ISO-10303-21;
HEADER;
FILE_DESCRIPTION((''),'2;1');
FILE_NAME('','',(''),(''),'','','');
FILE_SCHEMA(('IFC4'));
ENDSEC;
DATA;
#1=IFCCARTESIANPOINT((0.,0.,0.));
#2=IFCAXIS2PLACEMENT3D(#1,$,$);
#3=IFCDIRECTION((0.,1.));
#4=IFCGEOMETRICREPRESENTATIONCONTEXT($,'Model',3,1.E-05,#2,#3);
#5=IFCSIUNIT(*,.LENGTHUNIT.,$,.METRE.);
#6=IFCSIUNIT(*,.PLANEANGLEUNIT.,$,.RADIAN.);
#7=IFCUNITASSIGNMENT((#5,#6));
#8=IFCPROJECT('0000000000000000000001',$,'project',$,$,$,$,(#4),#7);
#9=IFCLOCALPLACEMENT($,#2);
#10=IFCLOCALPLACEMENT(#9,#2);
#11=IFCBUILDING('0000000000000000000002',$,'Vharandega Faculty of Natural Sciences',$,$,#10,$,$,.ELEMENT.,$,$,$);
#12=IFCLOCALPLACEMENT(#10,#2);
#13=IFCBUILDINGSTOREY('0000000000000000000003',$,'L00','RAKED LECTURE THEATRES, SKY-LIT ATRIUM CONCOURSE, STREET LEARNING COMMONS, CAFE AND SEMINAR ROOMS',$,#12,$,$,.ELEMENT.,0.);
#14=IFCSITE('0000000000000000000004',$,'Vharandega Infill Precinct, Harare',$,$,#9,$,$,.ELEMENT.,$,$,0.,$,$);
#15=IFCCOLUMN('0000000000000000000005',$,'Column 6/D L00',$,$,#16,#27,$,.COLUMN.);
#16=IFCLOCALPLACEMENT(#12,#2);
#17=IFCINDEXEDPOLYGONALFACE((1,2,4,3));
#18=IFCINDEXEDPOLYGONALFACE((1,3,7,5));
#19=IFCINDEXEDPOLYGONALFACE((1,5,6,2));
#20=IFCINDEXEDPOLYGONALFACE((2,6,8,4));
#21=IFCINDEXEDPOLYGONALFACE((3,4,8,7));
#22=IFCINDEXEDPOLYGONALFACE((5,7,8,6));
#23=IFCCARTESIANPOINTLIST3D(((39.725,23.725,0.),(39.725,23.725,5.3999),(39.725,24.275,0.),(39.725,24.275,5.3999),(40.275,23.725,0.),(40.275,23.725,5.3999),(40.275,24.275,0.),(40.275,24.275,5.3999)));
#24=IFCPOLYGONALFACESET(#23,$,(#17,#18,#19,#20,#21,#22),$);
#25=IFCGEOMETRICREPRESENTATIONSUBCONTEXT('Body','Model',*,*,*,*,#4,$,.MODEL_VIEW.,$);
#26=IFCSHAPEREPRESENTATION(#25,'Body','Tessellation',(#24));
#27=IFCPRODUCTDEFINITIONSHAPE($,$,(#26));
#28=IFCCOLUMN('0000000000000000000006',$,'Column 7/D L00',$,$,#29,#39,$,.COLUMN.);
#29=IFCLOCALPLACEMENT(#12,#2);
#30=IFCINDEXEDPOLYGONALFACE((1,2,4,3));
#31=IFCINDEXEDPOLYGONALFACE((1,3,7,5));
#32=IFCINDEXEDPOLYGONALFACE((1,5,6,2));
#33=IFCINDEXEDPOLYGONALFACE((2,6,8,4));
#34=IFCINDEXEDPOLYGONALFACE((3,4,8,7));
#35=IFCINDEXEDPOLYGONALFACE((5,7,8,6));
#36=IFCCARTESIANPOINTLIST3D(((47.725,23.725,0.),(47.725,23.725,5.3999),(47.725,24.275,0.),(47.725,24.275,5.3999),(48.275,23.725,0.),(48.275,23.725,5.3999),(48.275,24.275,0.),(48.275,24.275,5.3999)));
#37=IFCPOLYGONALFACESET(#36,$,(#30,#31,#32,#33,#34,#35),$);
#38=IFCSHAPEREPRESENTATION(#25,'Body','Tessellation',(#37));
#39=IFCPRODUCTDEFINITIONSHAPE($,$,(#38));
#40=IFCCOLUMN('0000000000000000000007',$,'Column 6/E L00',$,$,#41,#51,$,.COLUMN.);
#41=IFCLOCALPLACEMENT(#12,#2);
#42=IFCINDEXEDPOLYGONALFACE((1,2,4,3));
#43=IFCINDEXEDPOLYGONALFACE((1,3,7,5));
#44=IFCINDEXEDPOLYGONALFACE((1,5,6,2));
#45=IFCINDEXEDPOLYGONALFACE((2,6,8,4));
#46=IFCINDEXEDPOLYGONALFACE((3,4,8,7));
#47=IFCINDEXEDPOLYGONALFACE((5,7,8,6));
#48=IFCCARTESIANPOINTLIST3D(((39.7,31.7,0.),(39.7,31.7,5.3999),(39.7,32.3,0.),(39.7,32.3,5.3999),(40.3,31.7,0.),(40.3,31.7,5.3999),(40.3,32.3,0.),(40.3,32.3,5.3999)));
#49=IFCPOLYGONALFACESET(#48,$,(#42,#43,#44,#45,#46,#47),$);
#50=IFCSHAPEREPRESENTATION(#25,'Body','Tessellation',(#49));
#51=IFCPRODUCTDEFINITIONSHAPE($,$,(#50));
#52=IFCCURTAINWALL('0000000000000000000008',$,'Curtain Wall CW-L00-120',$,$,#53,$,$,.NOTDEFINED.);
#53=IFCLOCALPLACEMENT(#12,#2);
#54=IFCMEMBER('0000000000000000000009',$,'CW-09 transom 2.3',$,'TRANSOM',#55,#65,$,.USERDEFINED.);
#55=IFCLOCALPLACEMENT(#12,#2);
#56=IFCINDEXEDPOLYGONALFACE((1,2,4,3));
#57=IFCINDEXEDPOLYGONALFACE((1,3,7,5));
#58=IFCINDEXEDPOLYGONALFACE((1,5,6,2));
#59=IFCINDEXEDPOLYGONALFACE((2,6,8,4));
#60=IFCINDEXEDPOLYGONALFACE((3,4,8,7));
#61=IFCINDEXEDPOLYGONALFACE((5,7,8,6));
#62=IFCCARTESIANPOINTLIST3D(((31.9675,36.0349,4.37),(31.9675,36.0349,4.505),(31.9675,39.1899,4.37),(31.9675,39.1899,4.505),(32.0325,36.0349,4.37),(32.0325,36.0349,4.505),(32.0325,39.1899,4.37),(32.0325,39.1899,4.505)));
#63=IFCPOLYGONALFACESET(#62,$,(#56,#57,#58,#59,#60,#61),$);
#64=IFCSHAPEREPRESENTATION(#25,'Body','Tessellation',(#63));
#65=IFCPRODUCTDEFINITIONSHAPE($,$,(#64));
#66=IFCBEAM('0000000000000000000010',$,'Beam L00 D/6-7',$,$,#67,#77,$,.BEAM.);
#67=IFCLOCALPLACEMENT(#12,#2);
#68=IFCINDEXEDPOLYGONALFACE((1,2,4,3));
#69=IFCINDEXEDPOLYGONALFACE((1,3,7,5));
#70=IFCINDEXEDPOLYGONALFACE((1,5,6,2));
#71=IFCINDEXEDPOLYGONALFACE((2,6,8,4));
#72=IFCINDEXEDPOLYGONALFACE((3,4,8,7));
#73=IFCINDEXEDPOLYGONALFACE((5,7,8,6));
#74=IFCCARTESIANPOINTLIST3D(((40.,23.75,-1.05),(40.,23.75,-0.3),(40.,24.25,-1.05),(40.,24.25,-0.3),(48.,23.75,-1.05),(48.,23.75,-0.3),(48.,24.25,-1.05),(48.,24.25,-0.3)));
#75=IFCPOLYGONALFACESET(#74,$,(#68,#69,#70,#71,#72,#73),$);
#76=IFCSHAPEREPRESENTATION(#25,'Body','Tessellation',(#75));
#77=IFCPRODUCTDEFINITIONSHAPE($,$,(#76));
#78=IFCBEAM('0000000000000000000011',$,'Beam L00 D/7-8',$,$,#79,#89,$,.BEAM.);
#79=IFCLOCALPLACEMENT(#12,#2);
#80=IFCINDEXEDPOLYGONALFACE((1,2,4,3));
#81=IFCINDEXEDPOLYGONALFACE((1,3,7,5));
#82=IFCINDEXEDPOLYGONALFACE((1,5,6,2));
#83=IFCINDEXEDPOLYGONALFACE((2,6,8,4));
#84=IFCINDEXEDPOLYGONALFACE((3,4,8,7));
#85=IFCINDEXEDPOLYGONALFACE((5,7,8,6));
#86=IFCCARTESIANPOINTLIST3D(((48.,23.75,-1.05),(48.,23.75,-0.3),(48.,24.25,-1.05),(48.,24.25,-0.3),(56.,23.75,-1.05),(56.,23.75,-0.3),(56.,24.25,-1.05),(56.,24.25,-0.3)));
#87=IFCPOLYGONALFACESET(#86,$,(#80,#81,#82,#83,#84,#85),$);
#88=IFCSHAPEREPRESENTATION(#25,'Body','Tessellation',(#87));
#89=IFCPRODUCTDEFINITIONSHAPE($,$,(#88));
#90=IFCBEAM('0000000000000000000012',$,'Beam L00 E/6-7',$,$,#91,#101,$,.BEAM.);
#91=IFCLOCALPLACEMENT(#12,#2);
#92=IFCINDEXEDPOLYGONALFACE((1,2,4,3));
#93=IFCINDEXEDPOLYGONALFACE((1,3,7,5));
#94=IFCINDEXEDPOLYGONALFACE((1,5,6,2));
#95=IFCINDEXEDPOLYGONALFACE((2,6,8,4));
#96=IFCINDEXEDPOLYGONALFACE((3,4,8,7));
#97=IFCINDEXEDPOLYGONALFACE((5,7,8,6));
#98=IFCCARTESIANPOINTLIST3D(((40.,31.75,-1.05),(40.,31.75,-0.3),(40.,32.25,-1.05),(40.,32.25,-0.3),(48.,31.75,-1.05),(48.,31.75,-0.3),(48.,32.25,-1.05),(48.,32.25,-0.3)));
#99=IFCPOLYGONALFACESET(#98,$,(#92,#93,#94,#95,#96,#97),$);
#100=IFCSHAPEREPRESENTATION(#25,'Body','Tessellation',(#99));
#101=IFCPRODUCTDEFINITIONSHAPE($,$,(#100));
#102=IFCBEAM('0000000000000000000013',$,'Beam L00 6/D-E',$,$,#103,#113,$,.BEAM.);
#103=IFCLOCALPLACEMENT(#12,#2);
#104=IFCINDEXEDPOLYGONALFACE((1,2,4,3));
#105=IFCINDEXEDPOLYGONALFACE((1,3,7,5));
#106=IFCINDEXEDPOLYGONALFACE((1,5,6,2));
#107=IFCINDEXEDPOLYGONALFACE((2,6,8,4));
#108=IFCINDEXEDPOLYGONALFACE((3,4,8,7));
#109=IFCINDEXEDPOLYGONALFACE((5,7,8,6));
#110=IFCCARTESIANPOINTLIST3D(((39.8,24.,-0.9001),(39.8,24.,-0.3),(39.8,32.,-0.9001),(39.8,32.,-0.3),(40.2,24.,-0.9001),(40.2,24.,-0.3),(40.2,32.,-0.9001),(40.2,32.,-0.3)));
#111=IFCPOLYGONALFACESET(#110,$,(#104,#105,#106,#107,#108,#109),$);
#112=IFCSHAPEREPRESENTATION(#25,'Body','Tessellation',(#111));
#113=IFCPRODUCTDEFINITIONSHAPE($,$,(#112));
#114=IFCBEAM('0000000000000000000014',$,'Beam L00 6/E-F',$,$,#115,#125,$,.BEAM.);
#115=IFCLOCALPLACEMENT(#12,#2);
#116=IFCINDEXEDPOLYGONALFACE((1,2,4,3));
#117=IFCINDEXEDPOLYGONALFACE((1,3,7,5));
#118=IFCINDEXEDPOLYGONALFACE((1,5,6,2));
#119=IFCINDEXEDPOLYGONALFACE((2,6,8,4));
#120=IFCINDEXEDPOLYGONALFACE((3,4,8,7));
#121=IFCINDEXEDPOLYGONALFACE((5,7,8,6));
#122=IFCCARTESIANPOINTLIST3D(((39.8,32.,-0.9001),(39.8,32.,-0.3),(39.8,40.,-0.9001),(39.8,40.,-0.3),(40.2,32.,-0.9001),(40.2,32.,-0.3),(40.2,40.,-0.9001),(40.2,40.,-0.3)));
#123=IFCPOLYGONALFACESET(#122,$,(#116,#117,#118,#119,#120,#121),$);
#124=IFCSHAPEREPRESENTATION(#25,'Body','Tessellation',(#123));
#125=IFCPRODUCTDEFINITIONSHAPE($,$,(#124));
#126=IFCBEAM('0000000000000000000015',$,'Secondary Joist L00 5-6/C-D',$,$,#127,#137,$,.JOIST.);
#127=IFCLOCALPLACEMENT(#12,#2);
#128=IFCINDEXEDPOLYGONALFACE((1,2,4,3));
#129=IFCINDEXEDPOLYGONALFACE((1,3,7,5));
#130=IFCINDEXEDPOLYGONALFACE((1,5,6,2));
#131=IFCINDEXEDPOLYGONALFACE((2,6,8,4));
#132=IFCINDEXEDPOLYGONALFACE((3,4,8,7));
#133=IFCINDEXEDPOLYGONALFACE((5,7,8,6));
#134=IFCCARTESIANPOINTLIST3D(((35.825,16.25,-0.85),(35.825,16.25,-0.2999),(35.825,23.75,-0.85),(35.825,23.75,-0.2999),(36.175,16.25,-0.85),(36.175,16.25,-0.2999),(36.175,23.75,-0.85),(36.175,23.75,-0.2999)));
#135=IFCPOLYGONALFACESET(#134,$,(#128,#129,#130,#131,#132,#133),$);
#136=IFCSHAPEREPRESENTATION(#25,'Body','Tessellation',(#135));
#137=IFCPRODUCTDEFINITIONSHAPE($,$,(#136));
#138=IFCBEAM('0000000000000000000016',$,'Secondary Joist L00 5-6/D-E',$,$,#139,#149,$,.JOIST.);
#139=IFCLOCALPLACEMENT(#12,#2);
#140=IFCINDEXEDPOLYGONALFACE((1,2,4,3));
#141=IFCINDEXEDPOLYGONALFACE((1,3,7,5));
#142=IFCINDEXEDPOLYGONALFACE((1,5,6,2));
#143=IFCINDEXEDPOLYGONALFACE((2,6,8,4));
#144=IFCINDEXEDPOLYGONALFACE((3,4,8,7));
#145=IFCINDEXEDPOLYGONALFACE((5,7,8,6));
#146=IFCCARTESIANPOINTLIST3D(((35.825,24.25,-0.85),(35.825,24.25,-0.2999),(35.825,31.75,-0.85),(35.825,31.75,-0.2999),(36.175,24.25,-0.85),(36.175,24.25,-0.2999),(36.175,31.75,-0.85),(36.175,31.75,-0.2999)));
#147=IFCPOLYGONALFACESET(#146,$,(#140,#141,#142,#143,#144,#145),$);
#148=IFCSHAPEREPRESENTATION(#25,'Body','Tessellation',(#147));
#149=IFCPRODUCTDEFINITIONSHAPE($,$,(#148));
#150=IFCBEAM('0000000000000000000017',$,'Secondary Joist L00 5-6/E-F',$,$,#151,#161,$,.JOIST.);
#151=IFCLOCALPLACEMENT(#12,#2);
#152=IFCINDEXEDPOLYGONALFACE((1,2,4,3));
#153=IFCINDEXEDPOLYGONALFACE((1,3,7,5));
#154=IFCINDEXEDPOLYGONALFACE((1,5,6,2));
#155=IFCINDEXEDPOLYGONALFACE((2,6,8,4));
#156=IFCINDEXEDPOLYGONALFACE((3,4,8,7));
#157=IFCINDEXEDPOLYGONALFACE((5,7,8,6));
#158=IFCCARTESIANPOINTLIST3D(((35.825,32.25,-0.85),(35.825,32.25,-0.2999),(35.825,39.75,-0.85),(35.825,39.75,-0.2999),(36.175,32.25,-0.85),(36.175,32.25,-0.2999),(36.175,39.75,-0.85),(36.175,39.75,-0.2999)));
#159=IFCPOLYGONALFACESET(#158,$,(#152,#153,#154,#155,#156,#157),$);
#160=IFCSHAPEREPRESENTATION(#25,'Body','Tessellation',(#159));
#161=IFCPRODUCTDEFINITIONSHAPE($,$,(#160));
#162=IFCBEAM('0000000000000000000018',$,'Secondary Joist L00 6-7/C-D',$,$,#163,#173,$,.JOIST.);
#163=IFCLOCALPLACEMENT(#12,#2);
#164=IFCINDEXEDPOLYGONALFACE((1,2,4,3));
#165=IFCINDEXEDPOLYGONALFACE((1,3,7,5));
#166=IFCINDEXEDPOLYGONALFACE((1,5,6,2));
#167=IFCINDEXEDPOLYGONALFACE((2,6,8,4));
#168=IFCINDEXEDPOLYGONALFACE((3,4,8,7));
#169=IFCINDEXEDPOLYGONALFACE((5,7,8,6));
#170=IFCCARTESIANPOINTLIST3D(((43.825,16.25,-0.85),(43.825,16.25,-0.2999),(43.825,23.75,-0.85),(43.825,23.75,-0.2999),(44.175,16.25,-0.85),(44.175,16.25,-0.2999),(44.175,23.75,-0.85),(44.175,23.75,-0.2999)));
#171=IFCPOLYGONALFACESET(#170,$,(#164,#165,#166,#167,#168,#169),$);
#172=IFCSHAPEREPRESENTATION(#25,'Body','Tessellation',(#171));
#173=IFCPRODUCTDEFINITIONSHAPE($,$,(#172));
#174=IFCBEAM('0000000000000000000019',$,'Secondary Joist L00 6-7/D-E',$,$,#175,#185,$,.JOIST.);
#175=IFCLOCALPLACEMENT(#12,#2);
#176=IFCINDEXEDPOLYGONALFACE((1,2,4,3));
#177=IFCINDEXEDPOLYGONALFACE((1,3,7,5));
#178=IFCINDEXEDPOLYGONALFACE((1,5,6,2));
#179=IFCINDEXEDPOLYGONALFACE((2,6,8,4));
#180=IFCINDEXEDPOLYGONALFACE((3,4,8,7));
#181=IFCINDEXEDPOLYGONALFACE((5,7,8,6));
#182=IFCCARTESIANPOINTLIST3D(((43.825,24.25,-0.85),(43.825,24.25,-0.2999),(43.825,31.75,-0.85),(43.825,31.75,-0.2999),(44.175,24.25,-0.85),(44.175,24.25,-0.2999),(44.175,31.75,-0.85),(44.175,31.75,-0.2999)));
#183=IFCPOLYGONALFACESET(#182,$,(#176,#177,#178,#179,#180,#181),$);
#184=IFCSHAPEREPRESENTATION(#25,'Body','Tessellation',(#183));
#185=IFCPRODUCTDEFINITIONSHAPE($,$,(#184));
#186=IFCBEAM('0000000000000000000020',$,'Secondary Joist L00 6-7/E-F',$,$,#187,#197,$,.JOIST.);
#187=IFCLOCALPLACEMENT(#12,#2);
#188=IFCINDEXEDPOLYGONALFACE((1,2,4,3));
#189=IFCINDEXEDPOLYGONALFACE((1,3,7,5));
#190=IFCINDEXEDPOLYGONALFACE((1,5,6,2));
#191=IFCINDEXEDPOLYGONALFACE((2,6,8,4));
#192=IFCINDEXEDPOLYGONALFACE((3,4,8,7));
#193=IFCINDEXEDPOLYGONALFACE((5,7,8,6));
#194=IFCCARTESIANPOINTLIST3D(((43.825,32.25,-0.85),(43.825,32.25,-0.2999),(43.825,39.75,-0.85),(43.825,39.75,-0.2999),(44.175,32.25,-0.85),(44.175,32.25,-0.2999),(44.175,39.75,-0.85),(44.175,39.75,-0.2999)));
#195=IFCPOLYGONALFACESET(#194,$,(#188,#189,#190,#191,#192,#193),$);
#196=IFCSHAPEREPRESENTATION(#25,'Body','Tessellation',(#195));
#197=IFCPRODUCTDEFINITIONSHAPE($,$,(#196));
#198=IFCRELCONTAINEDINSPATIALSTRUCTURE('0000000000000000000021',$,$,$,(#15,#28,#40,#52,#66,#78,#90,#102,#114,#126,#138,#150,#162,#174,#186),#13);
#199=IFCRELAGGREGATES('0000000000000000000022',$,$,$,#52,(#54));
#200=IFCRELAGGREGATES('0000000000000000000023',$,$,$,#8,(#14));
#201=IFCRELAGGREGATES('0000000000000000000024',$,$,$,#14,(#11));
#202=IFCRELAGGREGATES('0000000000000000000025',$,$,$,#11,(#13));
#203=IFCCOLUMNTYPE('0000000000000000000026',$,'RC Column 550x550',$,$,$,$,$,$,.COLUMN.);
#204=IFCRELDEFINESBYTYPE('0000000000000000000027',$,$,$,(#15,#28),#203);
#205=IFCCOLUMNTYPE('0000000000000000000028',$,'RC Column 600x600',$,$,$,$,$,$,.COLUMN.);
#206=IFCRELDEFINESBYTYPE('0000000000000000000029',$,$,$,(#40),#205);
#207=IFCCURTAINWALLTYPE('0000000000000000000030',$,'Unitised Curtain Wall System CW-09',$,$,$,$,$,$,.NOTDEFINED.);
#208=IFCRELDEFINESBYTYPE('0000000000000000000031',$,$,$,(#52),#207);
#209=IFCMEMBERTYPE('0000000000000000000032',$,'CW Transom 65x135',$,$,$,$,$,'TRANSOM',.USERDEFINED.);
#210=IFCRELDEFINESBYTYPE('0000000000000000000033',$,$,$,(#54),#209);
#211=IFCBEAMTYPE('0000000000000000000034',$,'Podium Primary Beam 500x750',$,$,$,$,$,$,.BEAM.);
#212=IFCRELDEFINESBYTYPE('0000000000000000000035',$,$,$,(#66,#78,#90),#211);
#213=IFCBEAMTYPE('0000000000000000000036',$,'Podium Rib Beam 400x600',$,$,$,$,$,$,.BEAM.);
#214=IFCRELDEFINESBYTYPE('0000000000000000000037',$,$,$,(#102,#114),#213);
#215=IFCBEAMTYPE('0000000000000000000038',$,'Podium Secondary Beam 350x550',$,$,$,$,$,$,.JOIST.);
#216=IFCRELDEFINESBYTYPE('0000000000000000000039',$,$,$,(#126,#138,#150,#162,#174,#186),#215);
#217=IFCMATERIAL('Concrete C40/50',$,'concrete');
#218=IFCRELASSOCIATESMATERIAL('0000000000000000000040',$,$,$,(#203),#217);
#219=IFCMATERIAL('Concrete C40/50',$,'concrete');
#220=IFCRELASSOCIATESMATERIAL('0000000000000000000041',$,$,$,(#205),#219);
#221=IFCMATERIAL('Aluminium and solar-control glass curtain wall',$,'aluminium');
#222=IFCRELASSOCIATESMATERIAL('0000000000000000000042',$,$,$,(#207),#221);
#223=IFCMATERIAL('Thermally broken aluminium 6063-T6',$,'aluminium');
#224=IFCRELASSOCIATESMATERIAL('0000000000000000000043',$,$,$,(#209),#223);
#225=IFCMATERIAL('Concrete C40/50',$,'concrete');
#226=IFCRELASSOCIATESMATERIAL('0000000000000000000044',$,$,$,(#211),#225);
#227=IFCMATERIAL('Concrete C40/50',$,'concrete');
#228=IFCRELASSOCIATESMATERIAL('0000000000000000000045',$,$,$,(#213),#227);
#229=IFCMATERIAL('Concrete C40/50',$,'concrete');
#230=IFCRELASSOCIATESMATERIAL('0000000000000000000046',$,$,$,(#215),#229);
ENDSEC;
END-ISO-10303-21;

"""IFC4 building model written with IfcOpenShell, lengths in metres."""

from ifc_helpers import new_model, si_unit, direction, frame, origin, origin_2d, place, context, subcontext, project, spatial, rectangle, extrude, material, material_profile, profile_set, type_object, element, aggregate, save


model = new_model("IFC4")

# Units and contexts
model_context = context("Model", 3, precision=1e-05, world=origin(), true_north=direction((0.0, 1.0)))
body_context = subcontext(model_context, "Body", "Model", "MODEL_VIEW")
ifc_project = project(units=[si_unit("LENGTHUNIT", "METRE"), si_unit("PLANEANGLEUNIT", "RADIAN")], contexts=[model_context])

# Site, building, storey
site_placement = place(None, origin())
site = spatial("IfcSite", under=ifc_project, at=site_placement, Name="Vharandega Infill Precinct, Harare", CompositionType="ELEMENT", RefElevation=0.0)
building_placement = place(site_placement, origin())
building = spatial("IfcBuilding", under=site, at=building_placement, Name="Vharandega Faculty of Natural Sciences", CompositionType="ELEMENT")
storey_placement = place(building_placement, origin())
storey = spatial("IfcBuildingStorey", under=building, at=storey_placement, Name="L00", Description="RAKED LECTURE THEATRES, SKY-LIT ATRIUM CONCOURSE, STREET LEARNING COMMONS, CAFE AND SEMINAR ROOMS", CompositionType="ELEMENT", Elevation=0.0)

# Columns
ifc_material_1 = material(Name="Concrete C40/50", Category="concrete")
ifc_material_profile_1 = material_profile(ifc_material_1, rectangle(XDim=0.55, YDim=0.55, at=origin_2d()), Name="RC 550x550")
ifc_profile_set_1 = profile_set([ifc_material_profile_1], Name="Concrete C40/50")
column_type_1 = type_object("IfcColumnType", Name="RC Column 550x550", PredefinedType="COLUMN", material=ifc_profile_set_1)
for number, where, z_axis, x_axis, name in (
    (1, (40.0, 24.0, 0.0), (0.0, 0.0, 1.0), (1.0, 0.0, 0.0), "Column 6/D L00"),
    (2, (48.0, 24.0, 0.0), (0.0, 0.0, 1.0), (1.0, 0.0, 0.0), "Column 7/D L00"),
):
    element("IfcColumn", number, at=place(storey_placement, frame(where, z_axis=z_axis, x_axis=x_axis)), inside=storey, type_object=column_type_1, Name=name, PredefinedType="COLUMN", context=body_context, shape_type="SweptSolid", body=[
        extrude(rectangle(XDim=0.55, YDim=0.55, at=origin_2d()), origin(), (0.0, 0.0, 1.0), 5.3999),
    ])
ifc_material_2 = material(Name="Concrete C40/50", Category="concrete")
ifc_material_profile_2 = material_profile(ifc_material_2, rectangle(XDim=0.6001, YDim=0.6001, at=origin_2d()), Name="RC 600x600")
ifc_profile_set_2 = profile_set([ifc_material_profile_2], Name="Concrete C40/50")
column_type_2 = type_object("IfcColumnType", Name="RC Column 600x600", PredefinedType="COLUMN", material=ifc_profile_set_2)
column_placement = place(storey_placement, frame((40.0, 32.0, 0.0), z_axis=(0.0, 0.0, 1.0), x_axis=(1.0, 0.0, 0.0)))
element("IfcColumn", 3, at=column_placement, inside=storey, type_object=column_type_2, Name="Column 6/E L00", PredefinedType="COLUMN", context=body_context, shape_type="SweptSolid", body=[
    extrude(rectangle(XDim=0.6001, YDim=0.6001, at=origin_2d()), origin(), (0.0, 0.0, 1.0), 5.3999),
])

# Curtain wall, member
ifc_material_3 = material(Name="Aluminium and solar-control glass curtain wall", Category="aluminium")
curtain_wall_type = type_object("IfcCurtainWallType", Name="Unitised Curtain Wall System CW-09", PredefinedType="NOTDEFINED", material=ifc_material_3)
curtain_wall_placement = place(storey_placement, origin())
curtain_wall = element("IfcCurtainWall", 4, at=curtain_wall_placement, inside=storey, type_object=curtain_wall_type, Name="Curtain Wall CW-L00-120", PredefinedType="NOTDEFINED")
ifc_material_4 = material(Name="Thermally broken aluminium 6063-T6", Category="aluminium")
ifc_material_profile_3 = material_profile(ifc_material_4, rectangle(XDim=0.0649, YDim=0.135, at=origin_2d()), Name="ALU 65x135")
ifc_profile_set_3 = profile_set([ifc_material_profile_3], Name="Thermally broken aluminium 6063-T6")
member_type = type_object("IfcMemberType", Name="CW Transom 65x135", ElementType="TRANSOM", PredefinedType="USERDEFINED", material=ifc_profile_set_3)
member_placement = place(storey_placement, frame((32.0, 36.0349, 4.4375), z_axis=(0.0, 1.0, 0.0), x_axis=(-1.0, 0.0, 0.0)))
member = element("IfcMember", 5, at=member_placement, type_object=member_type, Name="CW-09 transom 2.3", ObjectType="TRANSOM", PredefinedType="USERDEFINED", context=body_context, shape_type="SweptSolid", body=[
    extrude(rectangle(XDim=0.0649, YDim=0.135, at=origin_2d()), origin(), (0.0, 0.0, 1.0), 3.155),
])

# Beams
ifc_material_5 = material(Name="Concrete C40/50", Category="concrete")
ifc_material_profile_4 = material_profile(ifc_material_5, rectangle(XDim=0.5, YDim=0.75, at=origin_2d()), Name="RC 500x750")
ifc_profile_set_4 = profile_set([ifc_material_profile_4], Name="Concrete C40/50")
beam_type_1 = type_object("IfcBeamType", Name="Podium Primary Beam 500x750", PredefinedType="BEAM", material=ifc_profile_set_4)
for number, where, z_axis, x_axis, name in (
    (6, (40.0, 24.0, -0.675), (1.0, 0.0, 0.0), (0.0, 1.0, 0.0), "Beam L00 D/6-7"),
    (7, (48.0, 24.0, -0.675), (1.0, 0.0, 0.0), (0.0, 1.0, 0.0), "Beam L00 D/7-8"),
    (8, (40.0, 32.0, -0.675), (1.0, 0.0, 0.0), (0.0, 1.0, 0.0), "Beam L00 E/6-7"),
):
    element("IfcBeam", number, at=place(storey_placement, frame(where, z_axis=z_axis, x_axis=x_axis)), inside=storey, type_object=beam_type_1, Name=name, PredefinedType="BEAM", context=body_context, shape_type="SweptSolid", body=[
        extrude(rectangle(XDim=0.5, YDim=0.75, at=origin_2d()), origin(), (0.0, 0.0, 1.0), 8.0),
    ])
ifc_material_6 = material(Name="Concrete C40/50", Category="concrete")
ifc_material_profile_5 = material_profile(ifc_material_6, rectangle(XDim=0.3999, YDim=0.6001, at=origin_2d()), Name="RC 400x600")
ifc_profile_set_5 = profile_set([ifc_material_profile_5], Name="Concrete C40/50")
beam_type_2 = type_object("IfcBeamType", Name="Podium Rib Beam 400x600", PredefinedType="BEAM", material=ifc_profile_set_5)
for number, where, z_axis, x_axis, name in (
    (9, (40.0, 24.0, -0.6001), (0.0, 1.0, 0.0), (-1.0, 0.0, 0.0), "Beam L00 6/D-E"),
    (10, (40.0, 32.0, -0.6001), (0.0, 1.0, 0.0), (-1.0, 0.0, 0.0), "Beam L00 6/E-F"),
):
    element("IfcBeam", number, at=place(storey_placement, frame(where, z_axis=z_axis, x_axis=x_axis)), inside=storey, type_object=beam_type_2, Name=name, PredefinedType="BEAM", context=body_context, shape_type="SweptSolid", body=[
        extrude(rectangle(XDim=0.3999, YDim=0.6001, at=origin_2d()), origin(), (0.0, 0.0, 1.0), 8.0),
    ])
ifc_material_7 = material(Name="Concrete C40/50", Category="concrete")
ifc_material_profile_6 = material_profile(ifc_material_7, rectangle(XDim=0.3501, YDim=0.55, at=origin_2d()), Name="RC 350x550")
ifc_profile_set_6 = profile_set([ifc_material_profile_6], Name="Concrete C40/50")
beam_type_3 = type_object("IfcBeamType", Name="Podium Secondary Beam 350x550", PredefinedType="JOIST", material=ifc_profile_set_6)
for number, where, z_axis, x_axis, name in (
    (11, (36.0, 16.25, -0.575), (0.0, 1.0, 0.0), (-1.0, 0.0, 0.0), "Secondary Joist L00 5-6/C-D"),
    (12, (36.0, 24.25, -0.575), (0.0, 1.0, 0.0), (-1.0, 0.0, 0.0), "Secondary Joist L00 5-6/D-E"),
    (13, (36.0, 32.25, -0.575), (0.0, 1.0, 0.0), (-1.0, 0.0, 0.0), "Secondary Joist L00 5-6/E-F"),
    (14, (44.0, 16.25, -0.575), (0.0, 1.0, 0.0), (-1.0, 0.0, 0.0), "Secondary Joist L00 6-7/C-D"),
    (15, (44.0, 24.25, -0.575), (0.0, 1.0, 0.0), (-1.0, 0.0, 0.0), "Secondary Joist L00 6-7/D-E"),
    (16, (44.0, 32.25, -0.575), (0.0, 1.0, 0.0), (-1.0, 0.0, 0.0), "Secondary Joist L00 6-7/E-F"),
):
    element("IfcBeam", number, at=place(storey_placement, frame(where, z_axis=z_axis, x_axis=x_axis)), inside=storey, type_object=beam_type_3, Name=name, PredefinedType="JOIST", context=body_context, shape_type="SweptSolid", body=[
        extrude(rectangle(XDim=0.3501, YDim=0.55, at=origin_2d()), origin(), (0.0, 0.0, 1.0), 7.5),
    ])

aggregate(curtain_wall, [member])

save(model, "model.ifc")
